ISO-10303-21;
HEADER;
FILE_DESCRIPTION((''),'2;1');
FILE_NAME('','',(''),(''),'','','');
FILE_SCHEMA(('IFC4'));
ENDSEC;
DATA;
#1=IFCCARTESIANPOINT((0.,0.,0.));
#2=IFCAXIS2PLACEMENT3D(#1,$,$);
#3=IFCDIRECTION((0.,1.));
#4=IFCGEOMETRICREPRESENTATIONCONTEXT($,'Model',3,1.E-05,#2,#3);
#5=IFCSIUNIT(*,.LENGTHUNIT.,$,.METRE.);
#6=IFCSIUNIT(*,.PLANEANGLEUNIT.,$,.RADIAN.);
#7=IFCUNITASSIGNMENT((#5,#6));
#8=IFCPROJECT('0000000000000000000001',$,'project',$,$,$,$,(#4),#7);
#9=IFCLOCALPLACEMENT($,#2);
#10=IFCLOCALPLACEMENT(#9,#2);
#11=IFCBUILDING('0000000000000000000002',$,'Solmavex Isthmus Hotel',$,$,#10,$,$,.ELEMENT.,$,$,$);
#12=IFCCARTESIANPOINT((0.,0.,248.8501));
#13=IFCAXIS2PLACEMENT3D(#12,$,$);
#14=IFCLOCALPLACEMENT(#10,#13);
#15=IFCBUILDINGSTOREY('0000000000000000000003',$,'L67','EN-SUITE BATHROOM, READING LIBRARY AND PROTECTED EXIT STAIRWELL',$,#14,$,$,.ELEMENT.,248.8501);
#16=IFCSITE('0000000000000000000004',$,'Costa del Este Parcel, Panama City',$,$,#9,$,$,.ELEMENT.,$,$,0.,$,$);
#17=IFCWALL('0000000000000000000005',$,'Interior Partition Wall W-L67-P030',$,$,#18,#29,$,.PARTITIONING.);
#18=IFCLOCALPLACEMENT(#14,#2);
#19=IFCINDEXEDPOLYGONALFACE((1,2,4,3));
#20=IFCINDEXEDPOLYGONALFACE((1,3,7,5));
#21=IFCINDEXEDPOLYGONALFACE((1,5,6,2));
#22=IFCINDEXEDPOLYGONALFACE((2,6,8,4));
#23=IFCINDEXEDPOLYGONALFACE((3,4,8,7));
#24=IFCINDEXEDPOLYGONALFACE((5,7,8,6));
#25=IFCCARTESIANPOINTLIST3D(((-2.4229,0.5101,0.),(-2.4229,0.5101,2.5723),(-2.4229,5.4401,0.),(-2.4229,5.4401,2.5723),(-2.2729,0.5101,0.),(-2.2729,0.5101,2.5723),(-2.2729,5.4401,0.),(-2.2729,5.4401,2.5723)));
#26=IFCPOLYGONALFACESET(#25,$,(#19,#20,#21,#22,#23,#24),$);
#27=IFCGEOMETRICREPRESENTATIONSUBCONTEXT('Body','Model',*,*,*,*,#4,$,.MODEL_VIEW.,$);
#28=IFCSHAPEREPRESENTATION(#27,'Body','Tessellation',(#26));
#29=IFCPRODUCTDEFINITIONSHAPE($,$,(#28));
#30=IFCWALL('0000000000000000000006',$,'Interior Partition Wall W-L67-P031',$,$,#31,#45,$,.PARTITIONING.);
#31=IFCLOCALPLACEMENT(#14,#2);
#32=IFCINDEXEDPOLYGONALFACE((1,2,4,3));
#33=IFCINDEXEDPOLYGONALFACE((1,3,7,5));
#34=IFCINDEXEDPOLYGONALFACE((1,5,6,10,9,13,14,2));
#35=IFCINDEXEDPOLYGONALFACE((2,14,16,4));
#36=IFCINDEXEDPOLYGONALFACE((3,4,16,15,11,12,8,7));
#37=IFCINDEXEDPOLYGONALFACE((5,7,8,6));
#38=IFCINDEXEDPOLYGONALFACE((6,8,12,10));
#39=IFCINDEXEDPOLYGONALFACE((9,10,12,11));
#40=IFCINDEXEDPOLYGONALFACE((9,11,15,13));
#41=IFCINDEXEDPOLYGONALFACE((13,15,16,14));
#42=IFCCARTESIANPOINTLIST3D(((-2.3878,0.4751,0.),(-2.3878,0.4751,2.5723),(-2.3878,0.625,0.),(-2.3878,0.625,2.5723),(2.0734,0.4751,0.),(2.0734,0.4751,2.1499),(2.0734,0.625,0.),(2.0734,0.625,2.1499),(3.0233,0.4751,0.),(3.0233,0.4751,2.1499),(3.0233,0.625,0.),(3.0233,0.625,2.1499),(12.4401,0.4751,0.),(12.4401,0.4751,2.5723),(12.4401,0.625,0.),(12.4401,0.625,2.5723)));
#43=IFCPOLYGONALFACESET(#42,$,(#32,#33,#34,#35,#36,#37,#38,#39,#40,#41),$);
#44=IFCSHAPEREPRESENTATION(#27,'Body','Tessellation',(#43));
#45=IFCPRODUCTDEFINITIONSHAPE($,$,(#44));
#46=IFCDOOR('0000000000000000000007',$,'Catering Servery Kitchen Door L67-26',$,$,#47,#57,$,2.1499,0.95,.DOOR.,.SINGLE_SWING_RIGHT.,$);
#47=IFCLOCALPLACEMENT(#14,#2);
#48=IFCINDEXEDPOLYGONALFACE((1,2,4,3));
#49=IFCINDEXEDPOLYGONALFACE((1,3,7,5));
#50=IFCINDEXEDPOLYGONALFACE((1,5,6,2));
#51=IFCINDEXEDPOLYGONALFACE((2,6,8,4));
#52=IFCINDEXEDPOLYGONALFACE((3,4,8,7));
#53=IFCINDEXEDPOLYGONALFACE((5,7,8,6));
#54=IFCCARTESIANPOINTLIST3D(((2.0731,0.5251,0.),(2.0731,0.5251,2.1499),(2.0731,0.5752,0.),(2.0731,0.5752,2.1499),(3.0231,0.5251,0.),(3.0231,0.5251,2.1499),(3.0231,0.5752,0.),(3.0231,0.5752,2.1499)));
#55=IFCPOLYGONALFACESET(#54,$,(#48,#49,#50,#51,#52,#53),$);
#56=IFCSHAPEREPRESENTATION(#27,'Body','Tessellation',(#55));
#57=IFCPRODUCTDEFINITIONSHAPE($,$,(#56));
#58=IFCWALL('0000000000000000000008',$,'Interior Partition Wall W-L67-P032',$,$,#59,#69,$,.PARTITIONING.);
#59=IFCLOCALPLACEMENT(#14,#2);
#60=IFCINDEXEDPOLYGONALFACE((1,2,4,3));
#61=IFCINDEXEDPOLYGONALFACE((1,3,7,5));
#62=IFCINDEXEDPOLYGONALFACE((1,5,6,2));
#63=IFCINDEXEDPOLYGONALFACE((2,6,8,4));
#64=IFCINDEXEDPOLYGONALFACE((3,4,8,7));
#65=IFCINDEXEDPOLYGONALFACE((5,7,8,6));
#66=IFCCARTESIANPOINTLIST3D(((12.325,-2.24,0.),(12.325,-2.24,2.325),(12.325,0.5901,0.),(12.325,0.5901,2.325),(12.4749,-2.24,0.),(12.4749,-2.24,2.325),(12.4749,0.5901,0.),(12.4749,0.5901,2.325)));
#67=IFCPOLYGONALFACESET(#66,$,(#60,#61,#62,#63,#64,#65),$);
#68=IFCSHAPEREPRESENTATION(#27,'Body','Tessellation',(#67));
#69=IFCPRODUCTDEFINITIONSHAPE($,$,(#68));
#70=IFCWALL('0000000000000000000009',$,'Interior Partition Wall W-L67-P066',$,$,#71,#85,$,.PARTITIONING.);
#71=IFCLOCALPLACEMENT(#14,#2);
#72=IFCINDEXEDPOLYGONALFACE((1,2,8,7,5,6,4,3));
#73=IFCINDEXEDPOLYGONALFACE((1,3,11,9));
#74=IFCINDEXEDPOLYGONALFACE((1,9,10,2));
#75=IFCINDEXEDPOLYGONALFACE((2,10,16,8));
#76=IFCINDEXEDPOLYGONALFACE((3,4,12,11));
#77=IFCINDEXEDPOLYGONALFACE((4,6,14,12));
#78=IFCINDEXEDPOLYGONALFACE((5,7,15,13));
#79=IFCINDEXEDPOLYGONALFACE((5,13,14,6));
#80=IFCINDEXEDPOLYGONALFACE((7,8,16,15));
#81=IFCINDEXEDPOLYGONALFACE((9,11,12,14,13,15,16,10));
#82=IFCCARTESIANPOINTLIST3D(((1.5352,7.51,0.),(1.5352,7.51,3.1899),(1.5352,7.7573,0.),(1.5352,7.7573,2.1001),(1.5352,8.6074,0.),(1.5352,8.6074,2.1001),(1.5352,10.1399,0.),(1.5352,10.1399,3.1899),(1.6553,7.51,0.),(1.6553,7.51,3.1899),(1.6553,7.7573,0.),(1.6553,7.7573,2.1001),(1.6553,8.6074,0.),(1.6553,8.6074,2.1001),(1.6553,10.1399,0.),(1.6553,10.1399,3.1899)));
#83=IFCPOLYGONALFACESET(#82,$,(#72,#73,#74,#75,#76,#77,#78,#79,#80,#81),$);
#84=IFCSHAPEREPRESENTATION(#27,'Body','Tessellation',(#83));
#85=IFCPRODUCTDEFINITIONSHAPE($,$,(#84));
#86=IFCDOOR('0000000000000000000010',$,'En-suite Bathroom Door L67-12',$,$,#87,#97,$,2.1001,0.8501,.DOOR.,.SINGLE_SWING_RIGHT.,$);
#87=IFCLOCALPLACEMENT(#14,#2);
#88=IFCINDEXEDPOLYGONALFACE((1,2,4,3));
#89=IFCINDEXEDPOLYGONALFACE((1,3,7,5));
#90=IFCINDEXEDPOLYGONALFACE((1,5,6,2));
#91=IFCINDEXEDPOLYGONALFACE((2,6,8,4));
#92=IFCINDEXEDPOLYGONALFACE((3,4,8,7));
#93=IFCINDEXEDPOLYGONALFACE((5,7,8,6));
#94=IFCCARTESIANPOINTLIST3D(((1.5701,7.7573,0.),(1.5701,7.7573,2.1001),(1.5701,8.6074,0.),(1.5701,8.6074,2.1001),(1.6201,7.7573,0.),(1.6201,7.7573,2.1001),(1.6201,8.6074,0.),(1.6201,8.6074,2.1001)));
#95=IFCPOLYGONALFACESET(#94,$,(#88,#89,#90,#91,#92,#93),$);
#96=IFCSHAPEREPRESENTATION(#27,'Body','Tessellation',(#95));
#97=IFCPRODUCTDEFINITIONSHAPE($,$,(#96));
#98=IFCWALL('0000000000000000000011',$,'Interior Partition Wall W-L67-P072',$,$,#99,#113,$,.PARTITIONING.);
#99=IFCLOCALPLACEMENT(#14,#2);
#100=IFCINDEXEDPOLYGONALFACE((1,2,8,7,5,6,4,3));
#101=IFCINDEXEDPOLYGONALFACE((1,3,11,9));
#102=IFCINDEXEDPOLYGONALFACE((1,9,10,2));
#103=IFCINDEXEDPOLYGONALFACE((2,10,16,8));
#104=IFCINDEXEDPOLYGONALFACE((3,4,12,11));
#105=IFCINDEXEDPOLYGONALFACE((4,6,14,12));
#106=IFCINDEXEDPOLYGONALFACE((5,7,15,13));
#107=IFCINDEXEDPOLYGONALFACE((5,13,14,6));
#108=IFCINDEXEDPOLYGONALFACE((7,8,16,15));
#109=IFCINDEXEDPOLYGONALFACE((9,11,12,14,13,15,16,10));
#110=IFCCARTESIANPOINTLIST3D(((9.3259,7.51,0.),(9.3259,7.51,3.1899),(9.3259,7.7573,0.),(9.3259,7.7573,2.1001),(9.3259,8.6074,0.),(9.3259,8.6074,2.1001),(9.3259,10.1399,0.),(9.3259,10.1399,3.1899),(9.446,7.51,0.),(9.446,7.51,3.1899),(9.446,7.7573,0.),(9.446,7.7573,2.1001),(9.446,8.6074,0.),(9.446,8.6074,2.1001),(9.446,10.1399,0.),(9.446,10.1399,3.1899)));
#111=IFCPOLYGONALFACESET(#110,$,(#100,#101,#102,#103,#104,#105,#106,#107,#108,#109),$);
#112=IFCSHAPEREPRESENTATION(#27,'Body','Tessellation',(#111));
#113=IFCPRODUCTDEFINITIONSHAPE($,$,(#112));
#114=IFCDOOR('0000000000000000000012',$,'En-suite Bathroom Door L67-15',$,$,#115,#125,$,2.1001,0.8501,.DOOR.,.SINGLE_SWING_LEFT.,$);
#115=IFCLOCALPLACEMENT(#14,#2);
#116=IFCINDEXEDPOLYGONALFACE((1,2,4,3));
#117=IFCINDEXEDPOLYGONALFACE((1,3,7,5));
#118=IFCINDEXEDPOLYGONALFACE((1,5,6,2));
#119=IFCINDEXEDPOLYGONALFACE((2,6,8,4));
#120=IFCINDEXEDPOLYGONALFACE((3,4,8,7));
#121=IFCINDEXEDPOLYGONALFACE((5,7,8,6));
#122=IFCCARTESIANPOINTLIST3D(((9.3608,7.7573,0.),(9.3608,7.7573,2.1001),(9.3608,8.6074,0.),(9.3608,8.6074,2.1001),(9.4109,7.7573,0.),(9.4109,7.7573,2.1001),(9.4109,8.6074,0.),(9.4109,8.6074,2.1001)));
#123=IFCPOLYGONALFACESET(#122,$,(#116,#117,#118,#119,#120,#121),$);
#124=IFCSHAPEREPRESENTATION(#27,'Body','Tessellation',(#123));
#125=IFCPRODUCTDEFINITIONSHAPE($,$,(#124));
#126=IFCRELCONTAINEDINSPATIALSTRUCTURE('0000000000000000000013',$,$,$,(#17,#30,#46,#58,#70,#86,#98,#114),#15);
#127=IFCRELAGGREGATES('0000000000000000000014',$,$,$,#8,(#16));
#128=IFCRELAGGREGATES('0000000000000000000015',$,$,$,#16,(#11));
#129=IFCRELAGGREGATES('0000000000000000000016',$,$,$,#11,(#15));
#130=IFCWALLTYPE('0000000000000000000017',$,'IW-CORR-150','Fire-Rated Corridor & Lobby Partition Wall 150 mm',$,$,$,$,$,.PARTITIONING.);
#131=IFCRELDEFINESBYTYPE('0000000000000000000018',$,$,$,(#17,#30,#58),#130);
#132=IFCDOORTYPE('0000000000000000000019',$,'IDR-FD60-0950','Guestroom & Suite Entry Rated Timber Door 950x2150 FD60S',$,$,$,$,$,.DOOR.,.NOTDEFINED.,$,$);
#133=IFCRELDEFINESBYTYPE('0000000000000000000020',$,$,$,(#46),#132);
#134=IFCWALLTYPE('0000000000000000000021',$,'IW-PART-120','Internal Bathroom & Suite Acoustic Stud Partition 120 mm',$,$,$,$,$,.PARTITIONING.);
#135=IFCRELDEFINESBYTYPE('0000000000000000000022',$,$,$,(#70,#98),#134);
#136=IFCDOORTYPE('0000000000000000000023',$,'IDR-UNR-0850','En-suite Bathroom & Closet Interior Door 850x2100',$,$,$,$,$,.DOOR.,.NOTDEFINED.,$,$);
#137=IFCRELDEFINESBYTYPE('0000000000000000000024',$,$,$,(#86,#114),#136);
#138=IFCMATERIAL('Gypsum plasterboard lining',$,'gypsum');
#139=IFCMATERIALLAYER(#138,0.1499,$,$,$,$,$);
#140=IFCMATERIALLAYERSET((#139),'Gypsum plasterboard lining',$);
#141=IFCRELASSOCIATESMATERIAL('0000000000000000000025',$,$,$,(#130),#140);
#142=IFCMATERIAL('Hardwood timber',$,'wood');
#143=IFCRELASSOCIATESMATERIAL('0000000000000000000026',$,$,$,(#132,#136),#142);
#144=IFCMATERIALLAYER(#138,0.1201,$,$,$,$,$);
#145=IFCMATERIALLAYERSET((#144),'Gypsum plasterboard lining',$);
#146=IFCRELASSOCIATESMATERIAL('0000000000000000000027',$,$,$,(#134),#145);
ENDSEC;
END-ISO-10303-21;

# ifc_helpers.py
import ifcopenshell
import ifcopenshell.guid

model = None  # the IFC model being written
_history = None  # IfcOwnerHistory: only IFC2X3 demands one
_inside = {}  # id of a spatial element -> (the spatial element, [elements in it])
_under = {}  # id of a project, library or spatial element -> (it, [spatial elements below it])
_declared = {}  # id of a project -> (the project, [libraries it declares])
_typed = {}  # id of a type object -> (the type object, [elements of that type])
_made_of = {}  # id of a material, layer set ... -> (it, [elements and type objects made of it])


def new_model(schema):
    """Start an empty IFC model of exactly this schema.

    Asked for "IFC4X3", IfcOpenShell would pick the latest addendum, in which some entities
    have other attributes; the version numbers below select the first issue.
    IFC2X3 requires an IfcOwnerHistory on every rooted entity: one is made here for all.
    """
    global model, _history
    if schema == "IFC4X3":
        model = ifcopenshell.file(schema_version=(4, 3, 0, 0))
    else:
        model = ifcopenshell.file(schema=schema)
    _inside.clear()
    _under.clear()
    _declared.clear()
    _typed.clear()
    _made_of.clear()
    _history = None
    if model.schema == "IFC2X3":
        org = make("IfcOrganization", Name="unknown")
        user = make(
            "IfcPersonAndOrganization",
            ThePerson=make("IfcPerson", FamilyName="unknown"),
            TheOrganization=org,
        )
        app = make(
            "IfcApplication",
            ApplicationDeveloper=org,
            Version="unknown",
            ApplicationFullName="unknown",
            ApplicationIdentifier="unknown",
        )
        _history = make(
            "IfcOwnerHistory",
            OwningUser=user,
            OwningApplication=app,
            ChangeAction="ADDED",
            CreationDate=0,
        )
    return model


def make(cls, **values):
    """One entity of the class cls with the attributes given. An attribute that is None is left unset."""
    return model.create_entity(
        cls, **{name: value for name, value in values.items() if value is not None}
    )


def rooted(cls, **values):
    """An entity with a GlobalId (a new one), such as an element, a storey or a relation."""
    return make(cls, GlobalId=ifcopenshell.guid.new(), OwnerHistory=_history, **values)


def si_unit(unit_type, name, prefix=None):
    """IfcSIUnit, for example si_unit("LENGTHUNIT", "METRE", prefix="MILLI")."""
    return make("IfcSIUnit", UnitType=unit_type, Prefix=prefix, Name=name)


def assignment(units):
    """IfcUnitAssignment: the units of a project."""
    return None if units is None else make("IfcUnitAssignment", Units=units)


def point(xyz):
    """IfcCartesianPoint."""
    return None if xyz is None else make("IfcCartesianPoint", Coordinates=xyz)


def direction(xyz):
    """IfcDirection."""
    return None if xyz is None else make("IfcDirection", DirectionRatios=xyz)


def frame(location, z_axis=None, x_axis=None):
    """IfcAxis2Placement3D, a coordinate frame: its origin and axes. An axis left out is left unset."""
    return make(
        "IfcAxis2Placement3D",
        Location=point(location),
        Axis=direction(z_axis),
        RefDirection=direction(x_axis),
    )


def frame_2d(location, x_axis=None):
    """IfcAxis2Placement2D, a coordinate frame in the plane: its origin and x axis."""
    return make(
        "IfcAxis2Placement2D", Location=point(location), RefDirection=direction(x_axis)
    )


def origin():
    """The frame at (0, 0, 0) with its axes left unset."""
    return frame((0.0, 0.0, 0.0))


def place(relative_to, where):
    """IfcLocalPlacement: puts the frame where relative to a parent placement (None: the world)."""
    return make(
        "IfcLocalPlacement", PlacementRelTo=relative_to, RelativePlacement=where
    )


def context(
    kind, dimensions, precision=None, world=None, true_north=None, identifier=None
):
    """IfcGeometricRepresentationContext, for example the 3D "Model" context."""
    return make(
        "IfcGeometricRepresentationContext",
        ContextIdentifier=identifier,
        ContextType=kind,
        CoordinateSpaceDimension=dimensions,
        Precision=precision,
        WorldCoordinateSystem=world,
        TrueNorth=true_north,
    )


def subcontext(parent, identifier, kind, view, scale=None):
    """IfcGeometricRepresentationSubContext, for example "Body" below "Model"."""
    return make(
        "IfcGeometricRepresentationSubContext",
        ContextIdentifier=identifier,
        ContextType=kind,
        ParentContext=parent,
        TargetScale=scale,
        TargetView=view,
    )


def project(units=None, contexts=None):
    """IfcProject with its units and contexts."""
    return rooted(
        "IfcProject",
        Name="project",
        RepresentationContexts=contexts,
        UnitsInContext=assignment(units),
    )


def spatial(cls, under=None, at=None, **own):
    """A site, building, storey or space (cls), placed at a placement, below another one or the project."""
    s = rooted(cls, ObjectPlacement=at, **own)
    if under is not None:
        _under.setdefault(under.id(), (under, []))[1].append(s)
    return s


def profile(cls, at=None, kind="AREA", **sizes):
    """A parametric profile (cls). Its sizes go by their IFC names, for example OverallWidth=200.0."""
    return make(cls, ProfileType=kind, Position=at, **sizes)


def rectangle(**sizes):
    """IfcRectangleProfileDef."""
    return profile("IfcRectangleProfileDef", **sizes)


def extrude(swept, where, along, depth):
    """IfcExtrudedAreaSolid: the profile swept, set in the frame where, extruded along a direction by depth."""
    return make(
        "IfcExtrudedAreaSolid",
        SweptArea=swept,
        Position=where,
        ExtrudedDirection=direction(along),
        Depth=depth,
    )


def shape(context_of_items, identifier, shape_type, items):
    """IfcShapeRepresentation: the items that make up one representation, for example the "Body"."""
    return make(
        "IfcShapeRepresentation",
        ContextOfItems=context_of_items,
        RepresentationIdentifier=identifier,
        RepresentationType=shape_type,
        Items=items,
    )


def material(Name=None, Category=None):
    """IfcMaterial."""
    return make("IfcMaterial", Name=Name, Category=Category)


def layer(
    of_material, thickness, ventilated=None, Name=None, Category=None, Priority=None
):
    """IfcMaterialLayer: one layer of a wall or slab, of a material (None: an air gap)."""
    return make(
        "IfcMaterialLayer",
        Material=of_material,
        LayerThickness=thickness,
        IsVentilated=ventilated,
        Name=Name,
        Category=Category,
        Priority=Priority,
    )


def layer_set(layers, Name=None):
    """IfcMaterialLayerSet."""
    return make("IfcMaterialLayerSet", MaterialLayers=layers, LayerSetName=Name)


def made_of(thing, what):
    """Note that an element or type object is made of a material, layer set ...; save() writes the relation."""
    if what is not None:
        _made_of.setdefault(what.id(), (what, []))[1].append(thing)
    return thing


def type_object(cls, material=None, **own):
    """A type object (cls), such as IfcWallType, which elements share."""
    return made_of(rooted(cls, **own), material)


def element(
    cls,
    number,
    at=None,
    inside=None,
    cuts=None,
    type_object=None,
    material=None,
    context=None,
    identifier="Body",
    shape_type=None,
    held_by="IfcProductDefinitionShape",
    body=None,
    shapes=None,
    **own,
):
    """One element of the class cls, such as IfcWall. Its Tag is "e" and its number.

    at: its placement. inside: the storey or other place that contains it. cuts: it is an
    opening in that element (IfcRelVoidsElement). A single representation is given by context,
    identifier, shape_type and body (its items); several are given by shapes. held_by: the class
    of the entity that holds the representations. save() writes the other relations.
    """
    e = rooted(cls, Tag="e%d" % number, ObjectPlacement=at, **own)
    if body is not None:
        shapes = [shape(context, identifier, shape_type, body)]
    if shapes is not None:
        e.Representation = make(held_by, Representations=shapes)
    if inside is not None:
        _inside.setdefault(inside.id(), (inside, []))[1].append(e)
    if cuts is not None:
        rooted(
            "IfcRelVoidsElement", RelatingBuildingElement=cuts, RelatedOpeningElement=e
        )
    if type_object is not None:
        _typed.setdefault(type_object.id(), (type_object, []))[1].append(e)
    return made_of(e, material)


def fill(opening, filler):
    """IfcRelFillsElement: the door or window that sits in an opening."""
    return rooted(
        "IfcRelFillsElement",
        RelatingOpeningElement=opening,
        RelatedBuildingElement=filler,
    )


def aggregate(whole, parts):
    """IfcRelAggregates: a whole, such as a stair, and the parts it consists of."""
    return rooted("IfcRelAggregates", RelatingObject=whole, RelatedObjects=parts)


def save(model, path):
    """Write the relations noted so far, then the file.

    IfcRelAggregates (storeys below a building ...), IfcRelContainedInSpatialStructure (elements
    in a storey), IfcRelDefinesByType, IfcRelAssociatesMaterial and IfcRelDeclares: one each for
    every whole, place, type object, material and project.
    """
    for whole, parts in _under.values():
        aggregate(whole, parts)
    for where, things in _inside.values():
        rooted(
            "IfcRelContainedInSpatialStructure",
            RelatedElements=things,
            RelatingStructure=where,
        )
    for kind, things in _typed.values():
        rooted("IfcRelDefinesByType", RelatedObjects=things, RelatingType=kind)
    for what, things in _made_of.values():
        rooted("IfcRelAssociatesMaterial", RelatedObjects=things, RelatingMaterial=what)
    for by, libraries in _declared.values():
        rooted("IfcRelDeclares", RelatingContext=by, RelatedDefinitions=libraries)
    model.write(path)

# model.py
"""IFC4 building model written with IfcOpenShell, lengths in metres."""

from ifc_helpers import new_model, si_unit, direction, frame, frame_2d, origin, place, context, subcontext, project, spatial, rectangle, extrude, material, layer, layer_set, type_object, element, fill, save


model = new_model("IFC4")

# Units and contexts
model_context = context("Model", 3, precision=1e-05, world=origin(), true_north=direction((0.0, 1.0)))
body_context = subcontext(model_context, "Body", "Model", "MODEL_VIEW")
ifc_project = project(units=[si_unit("LENGTHUNIT", "METRE"), si_unit("PLANEANGLEUNIT", "RADIAN")], contexts=[model_context])

# Site, building, storey
site_placement = place(None, origin())
site = spatial("IfcSite", under=ifc_project, at=site_placement, Name="Costa del Este Parcel, Panama City", CompositionType="ELEMENT", RefElevation=0.0)
building_placement = place(site_placement, origin())
building = spatial("IfcBuilding", under=site, at=building_placement, Name="Solmavex Isthmus Hotel", CompositionType="ELEMENT")
storey_placement = place(building_placement, frame((0.0, 0.0, 248.8501)))
storey = spatial("IfcBuildingStorey", under=building, at=storey_placement, Name="L67", Description="EN-SUITE BATHROOM, READING LIBRARY AND PROTECTED EXIT STAIRWELL", CompositionType="ELEMENT", Elevation=248.8501)

# Wall
ifc_material_1 = material(Name="Gypsum plasterboard lining", Category="gypsum")
ifc_layer_1 = layer(ifc_material_1, 0.1499)
ifc_layer_set_1 = layer_set([ifc_layer_1], Name="Gypsum plasterboard lining")
wall_type_1 = type_object("IfcWallType", Name="IW-CORR-150", Description="Fire-Rated Corridor & Lobby Partition Wall 150 mm", PredefinedType="PARTITIONING", material=ifc_layer_set_1)
wall_1_placement = place(storey_placement, frame((-2.3479, 5.4399, 0.0), z_axis=(0.0, 0.0, 1.0), x_axis=(0.0, -1.0, 0.0)))
element("IfcWall", 1, at=wall_1_placement, inside=storey, type_object=wall_type_1, Name="Interior Partition Wall W-L67-P030", PredefinedType="PARTITIONING", context=body_context, shape_type="SweptSolid", body=[
    extrude(rectangle(XDim=4.9299, YDim=0.1499, at=frame_2d((2.4648, 0.0))), origin(), (0.0, 0.0, 1.0), 2.5723),
])

# Wall, opening, door
wall_2_placement = place(storey_placement, frame((-2.3879, 0.55, 0.0), z_axis=(0.0, 0.0, 1.0), x_axis=(1.0, 0.0, 0.0)))
wall_2 = element("IfcWall", 2, at=wall_2_placement, inside=storey, type_object=wall_type_1, Name="Interior Partition Wall W-L67-P031", PredefinedType="PARTITIONING", context=body_context, shape_type="SweptSolid", body=[
    extrude(rectangle(XDim=14.8279, YDim=0.1499, at=frame_2d((7.4141, 0.0))), origin(), (0.0, 0.0, 1.0), 2.5723),
])
opening_1_placement = place(wall_2_placement, frame((4.4612, 0.0, 0.0)))
opening_1 = element("IfcOpeningElement", 3, at=opening_1_placement, cuts=wall_2, PredefinedType="OPENING", context=body_context, shape_type="SweptSolid", body=[
    extrude(rectangle(XDim=0.95, YDim=2.1499, at=frame_2d((0.4751, 1.075))), frame((0.0, 0.085, 0.0), z_axis=(0.0, -1.0, 0.0), x_axis=(1.0, 0.0, 0.0)), (0.0, 0.0, 1.0), 0.1699),
])
ifc_material_2 = material(Name="Hardwood timber", Category="wood")
door_type_1 = type_object("IfcDoorType", Name="IDR-FD60-0950", Description="Guestroom & Suite Entry Rated Timber Door 950x2150 FD60S", OperationType="NOTDEFINED", PredefinedType="DOOR", material=ifc_material_2)
door_1_placement = place(opening_1_placement, frame((0.95, 0.0, 0.0), z_axis=(0.0, 0.0, 1.0), x_axis=(-1.0, 0.0, 0.0)))
door_1 = element("IfcDoor", 4, at=door_1_placement, inside=storey, type_object=door_type_1, Name="Catering Servery Kitchen Door L67-26", OperationType="SINGLE_SWING_RIGHT", OverallHeight=2.1499, OverallWidth=0.95, PredefinedType="DOOR", context=body_context, shape_type="SweptSolid", body=[
    extrude(rectangle(XDim=0.95, YDim=2.1499, at=frame_2d((0.4751, 1.075))), frame((0.0, 0.0249, 0.0), z_axis=(0.0, -1.0, 0.0), x_axis=(1.0, 0.0, 0.0)), (0.0, 0.0, 1.0), 0.05),
])
fill(opening_1, door_1)

# Wall
wall_3_placement = place(storey_placement, frame((12.3999, 0.5901, 0.0), z_axis=(0.0, 0.0, 1.0), x_axis=(0.0, -1.0, 0.0)))
element("IfcWall", 5, at=wall_3_placement, inside=storey, type_object=wall_type_1, Name="Interior Partition Wall W-L67-P032", PredefinedType="PARTITIONING", context=body_context, shape_type="SweptSolid", body=[
    extrude(rectangle(XDim=2.8301, YDim=0.1499, at=frame_2d((1.415, 0.0))), origin(), (0.0, 0.0, 1.0), 2.325),
])

# Walls, openings, doors
ifc_layer_2 = layer(ifc_material_1, 0.1201)
ifc_layer_set_2 = layer_set([ifc_layer_2], Name="Gypsum plasterboard lining")
wall_type_2 = type_object("IfcWallType", Name="IW-PART-120", Description="Internal Bathroom & Suite Acoustic Stud Partition 120 mm", PredefinedType="PARTITIONING", material=ifc_layer_set_2)
wall_4_placement = place(storey_placement, frame((1.5952, 7.51, 0.0), z_axis=(0.0, 0.0, 1.0), x_axis=(0.0, 1.0, 0.0)))
wall_4 = element("IfcWall", 6, at=wall_4_placement, inside=storey, type_object=wall_type_2, Name="Interior Partition Wall W-L67-P066", PredefinedType="PARTITIONING", context=body_context, shape_type="SweptSolid", body=[
    extrude(rectangle(XDim=2.6299, YDim=0.1201, at=frame_2d((1.3149, 0.0))), origin(), (0.0, 0.0, 1.0), 3.1899),
])
opening_2_placement = place(wall_4_placement, frame((0.2473, 0.0, 0.0)))
opening_2 = element("IfcOpeningElement", 7, at=opening_2_placement, cuts=wall_4, PredefinedType="OPENING", context=body_context, shape_type="SweptSolid", body=[
    extrude(rectangle(XDim=0.8501, YDim=2.1001, at=frame_2d((0.425, 1.05))), frame((0.0, 0.0701, 0.0), z_axis=(0.0, -1.0, 0.0), x_axis=(1.0, 0.0, 0.0)), (0.0, 0.0, 1.0), 0.1401),
])
door_type_2 = type_object("IfcDoorType", Name="IDR-UNR-0850", Description="En-suite Bathroom & Closet Interior Door 850x2100", OperationType="NOTDEFINED", PredefinedType="DOOR", material=ifc_material_2)
door_2_placement = place(opening_2_placement, frame((0.8501, 0.0, 0.0), z_axis=(0.0, 0.0, 1.0), x_axis=(-1.0, 0.0, 0.0)))
door_2 = element("IfcDoor", 8, at=door_2_placement, inside=storey, type_object=door_type_2, Name="En-suite Bathroom Door L67-12", OperationType="SINGLE_SWING_RIGHT", OverallHeight=2.1001, OverallWidth=0.8501, PredefinedType="DOOR", context=body_context, shape_type="SweptSolid", body=[
    extrude(rectangle(XDim=0.8501, YDim=2.1001, at=frame_2d((0.425, 1.05))), frame((0.0, 0.0249, 0.0), z_axis=(0.0, -1.0, 0.0), x_axis=(1.0, 0.0, 0.0)), (0.0, 0.0, 1.0), 0.05),
])
fill(opening_2, door_2)
wall_5_placement = place(storey_placement, frame((9.386, 7.51, 0.0), z_axis=(0.0, 0.0, 1.0), x_axis=(0.0, 1.0, 0.0)))
wall_5 = element("IfcWall", 9, at=wall_5_placement, inside=storey, type_object=wall_type_2, Name="Interior Partition Wall W-L67-P072", PredefinedType="PARTITIONING", context=body_context, shape_type="SweptSolid", body=[
    extrude(rectangle(XDim=2.6299, YDim=0.1201, at=frame_2d((1.3149, 0.0))), origin(), (0.0, 0.0, 1.0), 3.1899),
])
opening_3_placement = place(wall_5_placement, frame((0.2473, 0.0, 0.0)))
opening_3 = element("IfcOpeningElement", 10, at=opening_3_placement, cuts=wall_5, PredefinedType="OPENING", context=body_context, shape_type="SweptSolid", body=[
    extrude(rectangle(XDim=0.8501, YDim=2.1001, at=frame_2d((0.425, 1.05))), frame((0.0, 0.0701, 0.0), z_axis=(0.0, -1.0, 0.0), x_axis=(1.0, 0.0, 0.0)), (0.0, 0.0, 1.0), 0.1401),
])
door_3_placement = place(opening_3_placement, frame((0.8501, 0.0, 0.0), z_axis=(0.0, 0.0, 1.0), x_axis=(-1.0, 0.0, 0.0)))
door_3 = element("IfcDoor", 11, at=door_3_placement, inside=storey, type_object=door_type_2, Name="En-suite Bathroom Door L67-15", OperationType="SINGLE_SWING_LEFT", OverallHeight=2.1001, OverallWidth=0.8501, PredefinedType="DOOR", context=body_context, shape_type="SweptSolid", body=[
    extrude(rectangle(XDim=0.8501, YDim=2.1001, at=frame_2d((0.425, 1.05))), frame((0.0, 0.0249, 0.0), z_axis=(0.0, -1.0, 0.0), x_axis=(1.0, 0.0, 0.0)), (0.0, 0.0, 1.0), 0.05),
])
fill(opening_3, door_3)

save(model, "model.ifc")
